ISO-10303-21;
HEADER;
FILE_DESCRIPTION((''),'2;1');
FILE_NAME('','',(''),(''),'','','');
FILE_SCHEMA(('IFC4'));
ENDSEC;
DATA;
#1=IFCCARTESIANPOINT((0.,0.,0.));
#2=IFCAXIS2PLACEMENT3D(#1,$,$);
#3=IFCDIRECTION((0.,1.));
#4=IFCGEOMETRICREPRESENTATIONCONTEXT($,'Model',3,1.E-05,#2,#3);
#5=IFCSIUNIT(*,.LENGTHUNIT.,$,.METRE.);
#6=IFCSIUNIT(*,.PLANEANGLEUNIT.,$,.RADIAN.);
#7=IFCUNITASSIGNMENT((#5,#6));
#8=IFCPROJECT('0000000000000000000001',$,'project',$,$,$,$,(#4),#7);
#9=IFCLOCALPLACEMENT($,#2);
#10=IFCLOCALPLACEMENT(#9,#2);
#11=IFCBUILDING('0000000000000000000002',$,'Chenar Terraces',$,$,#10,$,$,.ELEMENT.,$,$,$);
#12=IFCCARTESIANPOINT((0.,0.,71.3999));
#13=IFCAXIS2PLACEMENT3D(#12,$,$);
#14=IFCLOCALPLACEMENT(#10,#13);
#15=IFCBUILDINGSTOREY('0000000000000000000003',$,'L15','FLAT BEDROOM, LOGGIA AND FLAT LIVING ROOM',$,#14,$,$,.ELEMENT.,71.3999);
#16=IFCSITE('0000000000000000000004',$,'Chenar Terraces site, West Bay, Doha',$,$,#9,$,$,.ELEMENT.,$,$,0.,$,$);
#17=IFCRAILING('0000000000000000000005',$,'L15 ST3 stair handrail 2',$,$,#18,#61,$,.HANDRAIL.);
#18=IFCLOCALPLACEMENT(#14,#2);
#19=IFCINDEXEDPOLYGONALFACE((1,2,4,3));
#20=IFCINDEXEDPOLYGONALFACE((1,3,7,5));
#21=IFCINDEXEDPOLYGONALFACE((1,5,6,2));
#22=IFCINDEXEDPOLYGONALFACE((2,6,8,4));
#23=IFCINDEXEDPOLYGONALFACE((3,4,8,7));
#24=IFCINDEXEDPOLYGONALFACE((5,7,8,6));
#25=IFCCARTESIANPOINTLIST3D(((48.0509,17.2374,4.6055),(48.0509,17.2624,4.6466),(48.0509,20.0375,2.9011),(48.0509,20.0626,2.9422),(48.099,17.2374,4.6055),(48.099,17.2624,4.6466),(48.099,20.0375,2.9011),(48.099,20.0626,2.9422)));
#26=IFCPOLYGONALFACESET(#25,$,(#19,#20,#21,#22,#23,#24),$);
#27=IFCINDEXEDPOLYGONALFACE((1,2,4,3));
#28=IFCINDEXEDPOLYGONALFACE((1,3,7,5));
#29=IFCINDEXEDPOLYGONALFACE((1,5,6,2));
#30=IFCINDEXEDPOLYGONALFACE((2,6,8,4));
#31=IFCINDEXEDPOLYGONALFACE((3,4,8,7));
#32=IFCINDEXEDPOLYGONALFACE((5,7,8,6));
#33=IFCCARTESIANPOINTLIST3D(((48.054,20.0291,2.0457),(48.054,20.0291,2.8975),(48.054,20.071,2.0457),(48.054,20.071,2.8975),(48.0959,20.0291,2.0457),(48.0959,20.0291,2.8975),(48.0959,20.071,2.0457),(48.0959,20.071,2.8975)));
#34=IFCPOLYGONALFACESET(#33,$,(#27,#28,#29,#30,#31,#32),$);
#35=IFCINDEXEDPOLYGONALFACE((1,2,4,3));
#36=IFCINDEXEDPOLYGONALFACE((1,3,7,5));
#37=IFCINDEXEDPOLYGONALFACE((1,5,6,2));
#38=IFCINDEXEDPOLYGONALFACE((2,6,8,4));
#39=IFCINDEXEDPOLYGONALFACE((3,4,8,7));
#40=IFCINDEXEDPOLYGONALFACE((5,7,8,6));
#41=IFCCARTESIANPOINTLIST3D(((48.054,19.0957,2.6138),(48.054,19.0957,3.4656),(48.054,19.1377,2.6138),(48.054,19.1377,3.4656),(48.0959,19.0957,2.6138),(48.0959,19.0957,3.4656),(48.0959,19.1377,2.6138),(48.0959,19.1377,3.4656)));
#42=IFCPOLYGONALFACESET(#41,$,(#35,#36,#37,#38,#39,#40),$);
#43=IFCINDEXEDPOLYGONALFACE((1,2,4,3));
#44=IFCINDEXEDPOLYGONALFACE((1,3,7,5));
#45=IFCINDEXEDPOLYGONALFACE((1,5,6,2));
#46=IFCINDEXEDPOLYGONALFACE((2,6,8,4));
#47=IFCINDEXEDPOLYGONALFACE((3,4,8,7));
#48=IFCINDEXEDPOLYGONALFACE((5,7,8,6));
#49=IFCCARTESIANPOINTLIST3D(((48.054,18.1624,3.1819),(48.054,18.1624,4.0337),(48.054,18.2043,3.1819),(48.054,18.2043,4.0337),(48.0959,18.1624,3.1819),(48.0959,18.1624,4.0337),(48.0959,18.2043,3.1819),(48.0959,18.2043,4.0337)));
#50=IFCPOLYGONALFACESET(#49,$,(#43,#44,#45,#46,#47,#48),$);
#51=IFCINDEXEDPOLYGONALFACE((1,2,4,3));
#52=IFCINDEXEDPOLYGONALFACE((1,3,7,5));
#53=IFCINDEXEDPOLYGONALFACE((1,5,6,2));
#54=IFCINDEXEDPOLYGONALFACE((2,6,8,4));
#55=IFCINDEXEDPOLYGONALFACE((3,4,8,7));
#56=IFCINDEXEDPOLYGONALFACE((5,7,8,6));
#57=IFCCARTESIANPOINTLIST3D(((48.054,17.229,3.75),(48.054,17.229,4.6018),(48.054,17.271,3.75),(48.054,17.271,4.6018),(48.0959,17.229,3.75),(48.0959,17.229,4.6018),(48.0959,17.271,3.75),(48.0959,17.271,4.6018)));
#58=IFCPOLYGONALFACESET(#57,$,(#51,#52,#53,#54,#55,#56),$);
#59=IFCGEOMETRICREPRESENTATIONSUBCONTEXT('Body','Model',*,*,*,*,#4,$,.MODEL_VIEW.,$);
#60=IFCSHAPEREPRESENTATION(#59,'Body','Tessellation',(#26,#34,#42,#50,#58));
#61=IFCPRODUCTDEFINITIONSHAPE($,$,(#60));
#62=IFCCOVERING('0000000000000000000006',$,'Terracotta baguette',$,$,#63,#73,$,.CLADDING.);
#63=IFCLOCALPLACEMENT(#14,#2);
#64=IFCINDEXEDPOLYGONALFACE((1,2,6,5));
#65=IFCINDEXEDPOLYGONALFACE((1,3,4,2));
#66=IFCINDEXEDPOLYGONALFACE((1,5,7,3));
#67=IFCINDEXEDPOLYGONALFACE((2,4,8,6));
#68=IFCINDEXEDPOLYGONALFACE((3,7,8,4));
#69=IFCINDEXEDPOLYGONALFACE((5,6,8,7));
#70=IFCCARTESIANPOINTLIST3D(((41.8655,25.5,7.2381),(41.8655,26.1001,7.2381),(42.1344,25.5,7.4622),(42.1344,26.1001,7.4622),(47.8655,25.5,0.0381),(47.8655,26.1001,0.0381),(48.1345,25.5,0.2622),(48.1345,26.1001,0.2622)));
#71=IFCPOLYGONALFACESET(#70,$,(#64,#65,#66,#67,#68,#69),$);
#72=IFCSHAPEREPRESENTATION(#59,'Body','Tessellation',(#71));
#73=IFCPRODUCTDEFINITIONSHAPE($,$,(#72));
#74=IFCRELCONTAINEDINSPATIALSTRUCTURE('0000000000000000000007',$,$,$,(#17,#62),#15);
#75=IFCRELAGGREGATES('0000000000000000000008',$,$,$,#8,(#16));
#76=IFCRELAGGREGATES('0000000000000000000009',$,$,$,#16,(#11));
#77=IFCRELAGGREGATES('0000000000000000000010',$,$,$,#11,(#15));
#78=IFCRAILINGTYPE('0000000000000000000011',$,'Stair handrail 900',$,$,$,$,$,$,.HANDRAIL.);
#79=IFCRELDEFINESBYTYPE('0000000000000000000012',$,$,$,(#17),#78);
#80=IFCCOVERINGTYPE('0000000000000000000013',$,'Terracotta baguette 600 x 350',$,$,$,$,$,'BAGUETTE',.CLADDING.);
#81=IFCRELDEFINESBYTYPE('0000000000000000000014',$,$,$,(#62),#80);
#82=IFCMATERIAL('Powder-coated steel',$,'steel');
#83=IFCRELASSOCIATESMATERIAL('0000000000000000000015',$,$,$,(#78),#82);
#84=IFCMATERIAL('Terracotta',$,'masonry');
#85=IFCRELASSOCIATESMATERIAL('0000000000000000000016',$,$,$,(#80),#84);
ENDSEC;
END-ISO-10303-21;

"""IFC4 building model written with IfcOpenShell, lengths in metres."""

from ifc_helpers import new_model, si_unit, direction, frame, origin, origin_2d, place, context, subcontext, project, spatial, rectangle, extrude, material, material_profile, profile_set, type_object, element, save


model = new_model("IFC4")

# Units and contexts
model_context = context("Model", 3, precision=1e-05, world=origin(), true_north=direction((0.0, 1.0)))
body_context = subcontext(model_context, "Body", "Model", "MODEL_VIEW")
ifc_project = project(units=[si_unit("LENGTHUNIT", "METRE"), si_unit("PLANEANGLEUNIT", "RADIAN")], contexts=[model_context])

# Site, building, storey
site_placement = place(None, origin())
site = spatial("IfcSite", under=ifc_project, at=site_placement, Name="Chenar Terraces site, West Bay, Doha", CompositionType="ELEMENT", RefElevation=0.0)
building_placement = place(site_placement, origin())
building = spatial("IfcBuilding", under=site, at=building_placement, Name="Chenar Terraces", CompositionType="ELEMENT")
storey_placement = place(building_placement, frame((0.0, 0.0, 71.3999)))
storey = spatial("IfcBuildingStorey", under=building, at=storey_placement, Name="L15", Description="FLAT BEDROOM, LOGGIA AND FLAT LIVING ROOM", CompositionType="ELEMENT", Elevation=71.3999)

# Railing
ifc_material_1 = material(Name="Powder-coated steel", Category="steel")
railing_type_1 = type_object("IfcRailingType", Name="Stair handrail 900", PredefinedType="HANDRAIL", material=ifc_material_1)
railing_1_placement = place(storey_placement, frame((48.075, 20.05, 2.0457)))
element("IfcRailing", 1, at=railing_1_placement, inside=storey, type_object=railing_type_1, Name="L15 ST3 stair handrail 2", PredefinedType="HANDRAIL", context=body_context, shape_type="SweptSolid", body=[
    extrude(rectangle(XDim=0.0481, YDim=0.0481, at=origin_2d()), frame((0.0, 0.0, 0.876), z_axis=(0.0, -0.854203, 0.51994), x_axis=(1.0, 0.0, 0.0)), (0.0, 0.0, 1.0), 3.2781),
    extrude(rectangle(XDim=0.042, YDim=0.042, at=origin_2d()), origin(), (0.0, 0.0, 1.0), 0.8518),
    extrude(rectangle(XDim=0.042, YDim=0.042, at=origin_2d()), frame((0.0, -0.9333, 0.5681)), (0.0, 0.0, 1.0), 0.8518),
    extrude(rectangle(XDim=0.042, YDim=0.042, at=origin_2d()), frame((0.0, -1.8667, 1.1362)), (0.0, 0.0, 1.0), 0.8518),
    extrude(rectangle(XDim=0.042, YDim=0.042, at=origin_2d()), frame((0.0, -2.8, 1.7043)), (0.0, 0.0, 1.0), 0.8518),
])

# Covering
ifc_material_2 = material(Name="Terracotta", Category="masonry")
ifc_material_profile_1 = material_profile(ifc_material_2, rectangle(XDim=0.6001, YDim=0.3501, at=origin_2d()), Name="Terracotta baguette 600 x 350")
ifc_profile_set_1 = profile_set([ifc_material_profile_1], Name="Terracotta")
covering_type = type_object("IfcCoveringType", Name="Terracotta baguette 600 x 350", ElementType="BAGUETTE", PredefinedType="CLADDING", material=ifc_profile_set_1)
covering_placement = place(storey_placement, frame((48.0, 25.8, 0.1501), z_axis=(-0.640187, 0.0, 0.768219), x_axis=(0.0, -1.0, 0.0)))
element("IfcCovering", 2, at=covering_placement, inside=storey, type_object=covering_type, Name="Terracotta baguette", PredefinedType="CLADDING", context=body_context, shape_type="SweptSolid", body=[
    extrude(rectangle(XDim=0.6001, YDim=0.3501, at=origin_2d()), origin(), (0.0, 0.0, 1.0), 9.3723),
])

save(model, "model.ifc")
